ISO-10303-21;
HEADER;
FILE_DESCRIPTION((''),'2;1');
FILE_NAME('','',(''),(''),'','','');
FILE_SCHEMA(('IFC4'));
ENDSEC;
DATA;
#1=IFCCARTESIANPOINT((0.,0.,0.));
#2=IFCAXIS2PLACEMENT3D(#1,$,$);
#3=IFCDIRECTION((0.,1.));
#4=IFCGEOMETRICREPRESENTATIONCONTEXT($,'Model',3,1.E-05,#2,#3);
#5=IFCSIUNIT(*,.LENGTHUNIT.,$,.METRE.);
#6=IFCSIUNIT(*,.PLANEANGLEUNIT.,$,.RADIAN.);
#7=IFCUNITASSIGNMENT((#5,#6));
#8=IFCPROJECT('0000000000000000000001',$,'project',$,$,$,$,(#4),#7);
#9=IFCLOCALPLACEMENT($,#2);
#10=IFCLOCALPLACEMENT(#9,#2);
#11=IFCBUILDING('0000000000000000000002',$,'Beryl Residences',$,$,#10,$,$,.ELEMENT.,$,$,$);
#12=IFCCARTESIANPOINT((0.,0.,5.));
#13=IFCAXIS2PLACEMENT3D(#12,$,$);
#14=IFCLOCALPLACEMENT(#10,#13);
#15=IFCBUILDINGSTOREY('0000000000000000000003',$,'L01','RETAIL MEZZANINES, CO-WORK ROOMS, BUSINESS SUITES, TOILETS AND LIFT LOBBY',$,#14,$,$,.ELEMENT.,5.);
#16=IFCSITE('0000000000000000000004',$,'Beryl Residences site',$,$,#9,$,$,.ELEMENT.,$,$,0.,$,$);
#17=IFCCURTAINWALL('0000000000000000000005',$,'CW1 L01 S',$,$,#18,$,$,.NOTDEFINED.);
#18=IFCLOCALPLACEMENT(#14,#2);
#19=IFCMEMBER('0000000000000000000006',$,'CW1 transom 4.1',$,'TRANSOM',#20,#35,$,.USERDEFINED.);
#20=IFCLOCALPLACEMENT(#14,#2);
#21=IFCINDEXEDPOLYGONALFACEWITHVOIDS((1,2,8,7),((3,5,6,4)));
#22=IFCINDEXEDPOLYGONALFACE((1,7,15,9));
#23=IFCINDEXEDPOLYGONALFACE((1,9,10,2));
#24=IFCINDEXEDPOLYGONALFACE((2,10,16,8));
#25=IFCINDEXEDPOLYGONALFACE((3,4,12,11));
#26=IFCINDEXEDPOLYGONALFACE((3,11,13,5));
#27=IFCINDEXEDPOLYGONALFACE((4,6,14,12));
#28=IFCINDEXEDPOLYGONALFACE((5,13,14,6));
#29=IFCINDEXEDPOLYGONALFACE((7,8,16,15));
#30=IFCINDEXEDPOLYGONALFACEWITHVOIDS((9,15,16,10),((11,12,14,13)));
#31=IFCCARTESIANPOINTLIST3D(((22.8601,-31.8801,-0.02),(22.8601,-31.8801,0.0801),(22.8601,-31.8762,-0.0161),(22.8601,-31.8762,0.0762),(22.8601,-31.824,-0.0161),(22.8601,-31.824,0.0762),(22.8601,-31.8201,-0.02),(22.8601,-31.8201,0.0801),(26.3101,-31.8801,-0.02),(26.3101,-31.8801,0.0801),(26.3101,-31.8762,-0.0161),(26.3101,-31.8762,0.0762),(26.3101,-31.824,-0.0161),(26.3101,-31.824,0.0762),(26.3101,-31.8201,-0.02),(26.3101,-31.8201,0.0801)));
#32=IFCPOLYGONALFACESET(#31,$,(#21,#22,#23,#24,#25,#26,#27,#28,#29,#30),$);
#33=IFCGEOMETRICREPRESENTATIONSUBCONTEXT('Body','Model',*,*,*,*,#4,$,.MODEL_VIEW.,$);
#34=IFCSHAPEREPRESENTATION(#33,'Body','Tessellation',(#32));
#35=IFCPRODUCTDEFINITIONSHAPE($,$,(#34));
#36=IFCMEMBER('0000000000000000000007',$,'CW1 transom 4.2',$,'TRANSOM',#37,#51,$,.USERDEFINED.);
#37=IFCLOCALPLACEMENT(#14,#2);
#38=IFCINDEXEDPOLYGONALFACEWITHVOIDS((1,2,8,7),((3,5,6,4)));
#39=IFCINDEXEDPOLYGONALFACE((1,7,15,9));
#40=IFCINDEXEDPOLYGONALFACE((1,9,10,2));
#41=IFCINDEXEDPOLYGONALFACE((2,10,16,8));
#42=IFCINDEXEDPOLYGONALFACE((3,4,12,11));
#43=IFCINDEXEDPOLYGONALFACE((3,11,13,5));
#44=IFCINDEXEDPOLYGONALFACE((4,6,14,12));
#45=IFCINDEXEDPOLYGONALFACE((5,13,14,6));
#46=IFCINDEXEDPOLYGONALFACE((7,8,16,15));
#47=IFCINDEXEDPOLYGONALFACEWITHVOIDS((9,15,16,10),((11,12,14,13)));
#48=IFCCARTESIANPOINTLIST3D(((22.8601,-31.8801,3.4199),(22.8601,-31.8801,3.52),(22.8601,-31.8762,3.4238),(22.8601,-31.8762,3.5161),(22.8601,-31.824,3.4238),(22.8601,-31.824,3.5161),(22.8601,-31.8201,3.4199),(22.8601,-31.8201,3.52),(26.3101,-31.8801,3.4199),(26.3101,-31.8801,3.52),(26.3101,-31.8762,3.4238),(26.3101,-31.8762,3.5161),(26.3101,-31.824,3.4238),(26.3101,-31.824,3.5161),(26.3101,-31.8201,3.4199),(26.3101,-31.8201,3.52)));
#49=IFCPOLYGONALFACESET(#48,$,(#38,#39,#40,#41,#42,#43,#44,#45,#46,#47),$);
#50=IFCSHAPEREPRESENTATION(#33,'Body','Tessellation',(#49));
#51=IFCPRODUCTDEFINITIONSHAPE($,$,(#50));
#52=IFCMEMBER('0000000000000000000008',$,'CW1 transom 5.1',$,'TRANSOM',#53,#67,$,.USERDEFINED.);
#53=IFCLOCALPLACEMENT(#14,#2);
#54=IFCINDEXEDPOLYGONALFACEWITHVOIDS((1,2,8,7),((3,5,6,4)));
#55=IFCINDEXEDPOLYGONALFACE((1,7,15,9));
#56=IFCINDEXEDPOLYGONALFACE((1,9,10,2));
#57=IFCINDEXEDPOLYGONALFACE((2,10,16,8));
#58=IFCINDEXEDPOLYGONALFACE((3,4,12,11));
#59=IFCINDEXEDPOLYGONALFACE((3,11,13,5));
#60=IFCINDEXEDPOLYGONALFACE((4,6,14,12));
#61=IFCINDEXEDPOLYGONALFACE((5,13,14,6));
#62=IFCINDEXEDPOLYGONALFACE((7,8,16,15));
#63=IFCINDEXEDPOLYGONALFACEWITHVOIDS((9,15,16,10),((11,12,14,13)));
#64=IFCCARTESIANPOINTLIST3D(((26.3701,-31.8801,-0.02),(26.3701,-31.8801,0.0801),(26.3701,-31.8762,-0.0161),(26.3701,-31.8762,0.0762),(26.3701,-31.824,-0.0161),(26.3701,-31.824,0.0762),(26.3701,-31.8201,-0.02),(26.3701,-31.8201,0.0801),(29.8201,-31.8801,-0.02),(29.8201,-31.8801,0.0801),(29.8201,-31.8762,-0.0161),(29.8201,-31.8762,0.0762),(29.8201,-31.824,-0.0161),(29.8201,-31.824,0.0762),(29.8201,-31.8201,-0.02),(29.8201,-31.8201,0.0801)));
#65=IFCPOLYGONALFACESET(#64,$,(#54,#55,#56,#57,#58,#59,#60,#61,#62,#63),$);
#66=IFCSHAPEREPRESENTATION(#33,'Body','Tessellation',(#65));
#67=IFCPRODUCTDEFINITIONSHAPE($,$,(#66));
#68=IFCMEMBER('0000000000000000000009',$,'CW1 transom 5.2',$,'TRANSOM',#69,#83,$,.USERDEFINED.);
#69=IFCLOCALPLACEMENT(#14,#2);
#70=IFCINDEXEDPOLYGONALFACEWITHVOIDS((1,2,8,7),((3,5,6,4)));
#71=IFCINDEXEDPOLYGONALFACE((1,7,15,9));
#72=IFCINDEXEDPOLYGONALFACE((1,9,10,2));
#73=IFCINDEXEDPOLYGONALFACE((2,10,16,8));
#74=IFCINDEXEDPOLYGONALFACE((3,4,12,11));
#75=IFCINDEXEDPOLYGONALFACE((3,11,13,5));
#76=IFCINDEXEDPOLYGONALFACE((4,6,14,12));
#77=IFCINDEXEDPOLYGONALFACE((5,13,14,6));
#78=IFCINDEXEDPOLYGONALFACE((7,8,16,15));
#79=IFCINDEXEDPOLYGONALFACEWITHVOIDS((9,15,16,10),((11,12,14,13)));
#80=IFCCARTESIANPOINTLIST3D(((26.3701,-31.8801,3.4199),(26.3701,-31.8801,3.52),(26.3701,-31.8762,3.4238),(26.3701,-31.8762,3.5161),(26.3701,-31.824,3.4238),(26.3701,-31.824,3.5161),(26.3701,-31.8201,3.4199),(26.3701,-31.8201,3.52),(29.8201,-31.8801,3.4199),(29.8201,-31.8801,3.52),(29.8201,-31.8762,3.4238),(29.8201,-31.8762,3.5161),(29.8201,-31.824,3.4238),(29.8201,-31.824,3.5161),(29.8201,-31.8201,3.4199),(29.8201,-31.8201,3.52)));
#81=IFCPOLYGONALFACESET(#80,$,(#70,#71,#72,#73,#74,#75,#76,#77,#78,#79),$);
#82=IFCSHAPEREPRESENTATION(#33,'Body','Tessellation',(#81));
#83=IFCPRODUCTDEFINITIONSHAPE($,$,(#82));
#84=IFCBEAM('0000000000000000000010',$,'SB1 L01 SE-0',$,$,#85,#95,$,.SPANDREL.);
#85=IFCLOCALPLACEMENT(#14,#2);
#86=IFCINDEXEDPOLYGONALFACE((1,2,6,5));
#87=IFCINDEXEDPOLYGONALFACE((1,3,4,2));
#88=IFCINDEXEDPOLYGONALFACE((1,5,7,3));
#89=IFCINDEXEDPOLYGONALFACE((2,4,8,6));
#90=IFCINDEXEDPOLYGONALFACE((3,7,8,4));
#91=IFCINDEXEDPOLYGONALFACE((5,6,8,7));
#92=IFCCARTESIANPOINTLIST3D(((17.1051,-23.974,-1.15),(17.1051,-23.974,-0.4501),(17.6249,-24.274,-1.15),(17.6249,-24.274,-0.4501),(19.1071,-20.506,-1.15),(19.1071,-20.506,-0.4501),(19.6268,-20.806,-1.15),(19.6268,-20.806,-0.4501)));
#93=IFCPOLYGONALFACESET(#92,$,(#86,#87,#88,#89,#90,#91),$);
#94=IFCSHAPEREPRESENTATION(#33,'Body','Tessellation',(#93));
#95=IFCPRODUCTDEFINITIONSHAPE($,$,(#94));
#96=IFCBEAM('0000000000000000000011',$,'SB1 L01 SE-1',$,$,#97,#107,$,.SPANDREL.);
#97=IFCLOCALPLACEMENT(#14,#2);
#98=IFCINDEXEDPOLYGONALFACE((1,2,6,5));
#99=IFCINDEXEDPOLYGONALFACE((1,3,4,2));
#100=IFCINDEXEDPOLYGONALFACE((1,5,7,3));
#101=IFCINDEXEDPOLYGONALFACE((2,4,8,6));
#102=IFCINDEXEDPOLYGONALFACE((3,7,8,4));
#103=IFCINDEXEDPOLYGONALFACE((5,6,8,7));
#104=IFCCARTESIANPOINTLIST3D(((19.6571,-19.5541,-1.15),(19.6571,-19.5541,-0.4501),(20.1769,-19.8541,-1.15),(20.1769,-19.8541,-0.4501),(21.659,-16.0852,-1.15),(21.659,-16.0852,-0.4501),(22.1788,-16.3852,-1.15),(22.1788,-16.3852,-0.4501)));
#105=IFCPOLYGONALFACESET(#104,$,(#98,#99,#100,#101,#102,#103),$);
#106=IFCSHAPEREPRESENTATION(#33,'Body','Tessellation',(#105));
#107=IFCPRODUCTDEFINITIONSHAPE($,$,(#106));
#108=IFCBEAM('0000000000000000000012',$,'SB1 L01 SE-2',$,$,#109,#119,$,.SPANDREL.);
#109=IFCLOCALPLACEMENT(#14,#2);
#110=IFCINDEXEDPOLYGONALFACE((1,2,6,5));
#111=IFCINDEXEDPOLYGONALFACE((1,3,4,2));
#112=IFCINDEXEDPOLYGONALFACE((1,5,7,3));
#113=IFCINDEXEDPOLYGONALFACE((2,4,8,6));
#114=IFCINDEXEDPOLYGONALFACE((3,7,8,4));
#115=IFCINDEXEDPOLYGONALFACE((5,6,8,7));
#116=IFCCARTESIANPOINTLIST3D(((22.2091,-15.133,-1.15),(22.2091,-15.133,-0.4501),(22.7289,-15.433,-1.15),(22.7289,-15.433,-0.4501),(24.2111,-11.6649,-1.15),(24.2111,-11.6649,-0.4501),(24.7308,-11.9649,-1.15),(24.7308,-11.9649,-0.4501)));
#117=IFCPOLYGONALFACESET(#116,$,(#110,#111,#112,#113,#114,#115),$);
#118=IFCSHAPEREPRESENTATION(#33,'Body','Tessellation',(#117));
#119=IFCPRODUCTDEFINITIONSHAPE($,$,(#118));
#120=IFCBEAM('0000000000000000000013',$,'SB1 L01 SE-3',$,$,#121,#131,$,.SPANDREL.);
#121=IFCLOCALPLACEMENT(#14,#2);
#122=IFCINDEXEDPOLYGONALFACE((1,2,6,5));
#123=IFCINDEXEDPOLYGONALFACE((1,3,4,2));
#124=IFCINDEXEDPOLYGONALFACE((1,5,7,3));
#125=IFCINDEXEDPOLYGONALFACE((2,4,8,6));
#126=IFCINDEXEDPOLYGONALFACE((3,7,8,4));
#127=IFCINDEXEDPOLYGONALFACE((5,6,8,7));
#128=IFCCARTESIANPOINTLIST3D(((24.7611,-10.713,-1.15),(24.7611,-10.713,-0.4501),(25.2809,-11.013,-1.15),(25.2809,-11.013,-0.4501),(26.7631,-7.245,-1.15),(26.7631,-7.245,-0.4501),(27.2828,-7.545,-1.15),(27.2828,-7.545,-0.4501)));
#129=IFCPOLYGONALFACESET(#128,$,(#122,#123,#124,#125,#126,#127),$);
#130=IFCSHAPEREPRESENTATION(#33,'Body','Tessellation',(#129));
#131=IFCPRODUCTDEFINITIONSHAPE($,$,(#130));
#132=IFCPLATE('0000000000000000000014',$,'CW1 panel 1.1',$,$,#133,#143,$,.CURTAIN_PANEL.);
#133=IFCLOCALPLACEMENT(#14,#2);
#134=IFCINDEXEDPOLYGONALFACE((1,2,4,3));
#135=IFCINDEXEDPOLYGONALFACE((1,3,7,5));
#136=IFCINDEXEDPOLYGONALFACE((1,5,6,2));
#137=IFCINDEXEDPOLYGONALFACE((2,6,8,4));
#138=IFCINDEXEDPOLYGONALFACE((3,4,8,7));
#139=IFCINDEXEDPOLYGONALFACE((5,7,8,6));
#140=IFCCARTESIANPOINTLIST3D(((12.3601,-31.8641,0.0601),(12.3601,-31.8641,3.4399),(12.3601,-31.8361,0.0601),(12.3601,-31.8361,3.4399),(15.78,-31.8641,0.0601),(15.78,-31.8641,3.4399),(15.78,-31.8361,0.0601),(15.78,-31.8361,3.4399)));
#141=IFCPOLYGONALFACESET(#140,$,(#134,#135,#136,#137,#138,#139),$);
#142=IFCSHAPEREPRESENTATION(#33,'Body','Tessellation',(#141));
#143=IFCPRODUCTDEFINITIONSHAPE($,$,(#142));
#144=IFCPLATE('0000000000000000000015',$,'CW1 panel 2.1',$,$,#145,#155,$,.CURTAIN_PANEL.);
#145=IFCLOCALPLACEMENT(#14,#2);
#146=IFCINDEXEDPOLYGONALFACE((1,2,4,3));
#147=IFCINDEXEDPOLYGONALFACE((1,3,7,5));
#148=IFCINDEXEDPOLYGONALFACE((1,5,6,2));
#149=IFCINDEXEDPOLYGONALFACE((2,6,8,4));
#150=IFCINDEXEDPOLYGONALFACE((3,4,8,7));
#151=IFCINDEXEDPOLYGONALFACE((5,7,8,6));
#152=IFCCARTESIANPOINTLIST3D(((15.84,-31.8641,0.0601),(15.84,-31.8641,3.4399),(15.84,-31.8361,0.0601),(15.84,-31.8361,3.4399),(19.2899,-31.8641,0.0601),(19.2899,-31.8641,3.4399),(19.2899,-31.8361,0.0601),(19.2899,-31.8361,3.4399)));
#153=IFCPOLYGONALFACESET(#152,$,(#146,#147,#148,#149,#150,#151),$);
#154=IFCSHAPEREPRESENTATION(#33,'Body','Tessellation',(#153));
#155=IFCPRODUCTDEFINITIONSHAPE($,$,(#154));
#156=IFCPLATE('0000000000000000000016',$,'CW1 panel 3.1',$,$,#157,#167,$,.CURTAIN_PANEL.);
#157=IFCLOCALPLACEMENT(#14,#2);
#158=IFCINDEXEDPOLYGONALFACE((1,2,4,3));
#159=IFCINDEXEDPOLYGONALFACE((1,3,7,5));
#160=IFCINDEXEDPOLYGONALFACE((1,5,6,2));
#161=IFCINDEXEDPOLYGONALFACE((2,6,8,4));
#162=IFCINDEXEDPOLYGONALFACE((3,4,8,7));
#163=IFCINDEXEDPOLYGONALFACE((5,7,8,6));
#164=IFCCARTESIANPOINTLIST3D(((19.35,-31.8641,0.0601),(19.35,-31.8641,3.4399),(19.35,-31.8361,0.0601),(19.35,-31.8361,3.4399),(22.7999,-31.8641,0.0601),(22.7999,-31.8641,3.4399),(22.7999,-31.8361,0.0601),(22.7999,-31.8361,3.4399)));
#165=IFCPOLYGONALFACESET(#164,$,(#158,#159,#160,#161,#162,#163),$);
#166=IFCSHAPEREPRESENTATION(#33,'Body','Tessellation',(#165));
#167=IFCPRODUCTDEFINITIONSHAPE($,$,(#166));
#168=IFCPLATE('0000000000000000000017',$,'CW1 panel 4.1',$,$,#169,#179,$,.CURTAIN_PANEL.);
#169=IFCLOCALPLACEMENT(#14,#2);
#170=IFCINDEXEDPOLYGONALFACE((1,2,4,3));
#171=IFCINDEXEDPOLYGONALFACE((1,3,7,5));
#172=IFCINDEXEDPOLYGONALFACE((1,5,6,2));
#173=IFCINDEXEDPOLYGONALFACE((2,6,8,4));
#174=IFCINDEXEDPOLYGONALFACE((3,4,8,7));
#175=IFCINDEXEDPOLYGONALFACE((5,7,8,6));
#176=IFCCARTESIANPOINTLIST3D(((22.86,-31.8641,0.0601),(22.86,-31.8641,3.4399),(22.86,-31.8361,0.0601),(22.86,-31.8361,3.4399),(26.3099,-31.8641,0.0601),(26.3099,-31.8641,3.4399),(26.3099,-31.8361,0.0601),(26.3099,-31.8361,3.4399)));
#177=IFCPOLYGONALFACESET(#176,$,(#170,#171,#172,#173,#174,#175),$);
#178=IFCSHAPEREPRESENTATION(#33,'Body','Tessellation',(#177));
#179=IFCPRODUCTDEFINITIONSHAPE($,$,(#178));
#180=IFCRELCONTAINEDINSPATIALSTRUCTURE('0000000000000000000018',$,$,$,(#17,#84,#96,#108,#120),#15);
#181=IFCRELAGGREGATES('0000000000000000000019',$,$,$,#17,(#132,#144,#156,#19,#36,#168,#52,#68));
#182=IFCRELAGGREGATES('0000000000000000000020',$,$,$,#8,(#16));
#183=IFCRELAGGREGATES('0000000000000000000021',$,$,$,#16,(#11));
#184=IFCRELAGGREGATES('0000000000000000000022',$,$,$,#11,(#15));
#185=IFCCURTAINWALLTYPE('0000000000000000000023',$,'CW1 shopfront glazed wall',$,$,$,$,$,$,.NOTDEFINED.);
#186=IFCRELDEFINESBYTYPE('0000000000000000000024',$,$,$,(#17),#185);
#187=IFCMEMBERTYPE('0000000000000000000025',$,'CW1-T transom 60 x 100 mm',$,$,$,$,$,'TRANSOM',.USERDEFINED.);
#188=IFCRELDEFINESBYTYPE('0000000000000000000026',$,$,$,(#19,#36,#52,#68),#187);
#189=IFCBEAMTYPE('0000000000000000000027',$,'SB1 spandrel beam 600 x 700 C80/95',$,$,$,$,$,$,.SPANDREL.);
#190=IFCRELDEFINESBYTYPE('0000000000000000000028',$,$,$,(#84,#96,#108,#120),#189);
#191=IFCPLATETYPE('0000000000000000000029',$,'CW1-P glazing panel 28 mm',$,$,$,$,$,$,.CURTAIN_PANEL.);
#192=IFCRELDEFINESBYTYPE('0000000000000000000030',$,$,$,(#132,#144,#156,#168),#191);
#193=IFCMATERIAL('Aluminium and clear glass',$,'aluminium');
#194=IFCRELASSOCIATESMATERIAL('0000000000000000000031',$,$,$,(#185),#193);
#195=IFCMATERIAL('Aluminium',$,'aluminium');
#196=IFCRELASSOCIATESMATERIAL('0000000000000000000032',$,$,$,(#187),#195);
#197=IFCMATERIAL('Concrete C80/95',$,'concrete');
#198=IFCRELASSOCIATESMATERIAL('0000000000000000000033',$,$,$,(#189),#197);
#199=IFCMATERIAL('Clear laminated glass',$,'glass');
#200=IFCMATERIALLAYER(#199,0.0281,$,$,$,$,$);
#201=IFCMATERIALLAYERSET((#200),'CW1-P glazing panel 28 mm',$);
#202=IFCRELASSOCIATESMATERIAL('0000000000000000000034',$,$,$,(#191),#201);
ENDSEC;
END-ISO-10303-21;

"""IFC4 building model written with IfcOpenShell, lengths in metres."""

from ifc_helpers import new_model, si_unit, direction, frame, origin, origin_2d, place, context, subcontext, project, spatial, rectangle, hollow_rectangle, extrude, material, layer, layer_set, material_profile, profile_set, type_object, element, aggregate, save


model = new_model("IFC4")

# Units and contexts
model_context = context("Model", 3, precision=1e-05, world=origin(), true_north=direction((0.0, 1.0)))
body_context = subcontext(model_context, "Body", "Model", "MODEL_VIEW")
ifc_project = project(units=[si_unit("LENGTHUNIT", "METRE"), si_unit("PLANEANGLEUNIT", "RADIAN")], contexts=[model_context])

# Site, building, storey
site_placement = place(None, origin())
site = spatial("IfcSite", under=ifc_project, at=site_placement, Name="Beryl Residences site", CompositionType="ELEMENT", RefElevation=0.0)
building_placement = place(site_placement, origin())
building = spatial("IfcBuilding", under=site, at=building_placement, Name="Beryl Residences", CompositionType="ELEMENT")
storey_placement = place(building_placement, frame((0.0, 0.0, 5.0)))
storey = spatial("IfcBuildingStorey", under=building, at=storey_placement, Name="L01", Description="RETAIL MEZZANINES, CO-WORK ROOMS, BUSINESS SUITES, TOILETS AND LIFT LOBBY", CompositionType="ELEMENT", Elevation=5.0)

# Curtain wall, members
ifc_material_1 = material(Name="Aluminium and clear glass", Category="aluminium")
curtain_wall_type = type_object("IfcCurtainWallType", Name="CW1 shopfront glazed wall", PredefinedType="NOTDEFINED", material=ifc_material_1)
curtain_wall_placement = place(storey_placement, origin())
curtain_wall = element("IfcCurtainWall", 1, at=curtain_wall_placement, inside=storey, type_object=curtain_wall_type, Name="CW1 L01 S", PredefinedType="NOTDEFINED")
ifc_material_2 = material(Name="Aluminium", Category="aluminium")
ifc_material_profile_1 = material_profile(ifc_material_2, hollow_rectangle(XDim=0.0601, YDim=0.1001, WallThickness=0.0039, at=origin_2d()))
ifc_profile_set_1 = profile_set([ifc_material_profile_1], Name="Aluminium")
member_type_1 = type_object("IfcMemberType", Name="CW1-T transom 60 x 100 mm", ElementType="TRANSOM", PredefinedType="USERDEFINED", material=ifc_profile_set_1)
member_1_placement = place(storey_placement, frame((22.8601, -31.8501, 0.03), z_axis=(1.0, 0.0, 0.0), x_axis=(0.0, 1.0, 0.0)))
member_1 = element("IfcMember", 2, at=member_1_placement, type_object=member_type_1, Name="CW1 transom 4.1", ObjectType="TRANSOM", PredefinedType="USERDEFINED", context=body_context, shape_type="SweptSolid", body=[
    extrude(hollow_rectangle(XDim=0.0601, YDim=0.1001, WallThickness=0.0039, at=origin_2d()), origin(), (0.0, 0.0, 1.0), 3.45),
])
member_2_placement = place(storey_placement, frame((22.8601, -31.8501, 3.47), z_axis=(1.0, 0.0, 0.0), x_axis=(0.0, 1.0, 0.0)))
member_2 = element("IfcMember", 3, at=member_2_placement, type_object=member_type_1, Name="CW1 transom 4.2", ObjectType="TRANSOM", PredefinedType="USERDEFINED", context=body_context, shape_type="SweptSolid", body=[
    extrude(hollow_rectangle(XDim=0.0601, YDim=0.1001, WallThickness=0.0039, at=origin_2d()), origin(), (0.0, 0.0, 1.0), 3.45),
])
member_3_placement = place(storey_placement, frame((26.3701, -31.8501, 0.03), z_axis=(1.0, 0.0, 0.0), x_axis=(0.0, 1.0, 0.0)))
member_3 = element("IfcMember", 4, at=member_3_placement, type_object=member_type_1, Name="CW1 transom 5.1", ObjectType="TRANSOM", PredefinedType="USERDEFINED", context=body_context, shape_type="SweptSolid", body=[
    extrude(hollow_rectangle(XDim=0.0601, YDim=0.1001, WallThickness=0.0039, at=origin_2d()), origin(), (0.0, 0.0, 1.0), 3.45),
])
member_4_placement = place(storey_placement, frame((26.3701, -31.8501, 3.47), z_axis=(1.0, 0.0, 0.0), x_axis=(0.0, 1.0, 0.0)))
member_4 = element("IfcMember", 5, at=member_4_placement, type_object=member_type_1, Name="CW1 transom 5.2", ObjectType="TRANSOM", PredefinedType="USERDEFINED", context=body_context, shape_type="SweptSolid", body=[
    extrude(hollow_rectangle(XDim=0.0601, YDim=0.1001, WallThickness=0.0039, at=origin_2d()), origin(), (0.0, 0.0, 1.0), 3.45),
])

# Beams
ifc_material_3 = material(Name="Concrete C80/95", Category="concrete")
ifc_material_profile_2 = material_profile(ifc_material_3, rectangle(XDim=0.6001, YDim=0.7, at=origin_2d()))
ifc_profile_set_2 = profile_set([ifc_material_profile_2], Name="Concrete C80/95")
beam_type = type_object("IfcBeamType", Name="SB1 spandrel beam 600 x 700 C80/95", PredefinedType="SPANDREL", material=ifc_profile_set_2)
beam_1_placement = place(storey_placement, frame((17.365, -24.124, -0.8), z_axis=(0.499942, 0.866059, 0.0), x_axis=(-0.866059, 0.499942, 0.0)))
element("IfcBeam", 6, at=beam_1_placement, inside=storey, type_object=beam_type, Name="SB1 L01 SE-0", PredefinedType="SPANDREL", context=body_context, shape_type="SweptSolid", body=[
    extrude(rectangle(XDim=0.6001, YDim=0.7, at=origin_2d()), origin(), (0.0, 0.0, 1.0), 4.0044),
])
beam_2_placement = place(storey_placement, frame((19.917, -19.7041, -0.8), z_axis=(0.499837, 0.86612, 0.0), x_axis=(-0.86612, 0.499837, 0.0)))
element("IfcBeam", 7, at=beam_2_placement, inside=storey, type_object=beam_type, Name="SB1 L01 SE-1", PredefinedType="SPANDREL", context=body_context, shape_type="SweptSolid", body=[
    extrude(rectangle(XDim=0.6001, YDim=0.7, at=origin_2d()), origin(), (0.0, 0.0, 1.0), 4.0051),
])
for number, where, z_axis, x_axis, name in (
    (8, (22.469, -15.283, -0.8), (0.499942, 0.866059, 0.0), (-0.866059, 0.499942, 0.0), "SB1 L01 SE-2"),
    (9, (25.021, -10.863, -0.8), (0.499942, 0.866059, 0.0), (-0.866059, 0.499942, 0.0), "SB1 L01 SE-3"),
):
    element("IfcBeam", number, at=place(storey_placement, frame(where, z_axis=z_axis, x_axis=x_axis)), inside=storey, type_object=beam_type, Name=name, PredefinedType="SPANDREL", context=body_context, shape_type="SweptSolid", body=[
        extrude(rectangle(XDim=0.6001, YDim=0.7, at=origin_2d()), origin(), (0.0, 0.0, 1.0), 4.0044),
    ])

# Plates
ifc_material_4 = material(Name="Clear laminated glass", Category="glass")
ifc_layer_1 = layer(ifc_material_4, 0.0281)
ifc_layer_set_1 = layer_set([ifc_layer_1], Name="CW1-P glazing panel 28 mm")
plate_type = type_object("IfcPlateType", Name="CW1-P glazing panel 28 mm", PredefinedType="CURTAIN_PANEL", material=ifc_layer_set_1)
plate_1_placement = place(storey_placement, frame((14.0701, -31.8501, 0.0601), z_axis=(0.0, 0.0, 1.0), x_axis=(1.0, 0.0, 0.0)))
plate_1 = element("IfcPlate", 10, at=plate_1_placement, type_object=plate_type, Name="CW1 panel 1.1", PredefinedType="CURTAIN_PANEL", context=body_context, shape_type="SweptSolid", body=[
    extrude(rectangle(XDim=3.4199, YDim=0.0281, at=origin_2d()), origin(), (0.0, 0.0, 1.0), 3.3799),
])
plate_2_placement = place(storey_placement, frame((17.5649, -31.8501, 0.0601), z_axis=(0.0, 0.0, 1.0), x_axis=(1.0, 0.0, 0.0)))
plate_2 = element("IfcPlate", 11, at=plate_2_placement, type_object=plate_type, Name="CW1 panel 2.1", PredefinedType="CURTAIN_PANEL", context=body_context, shape_type="SweptSolid", body=[
    extrude(rectangle(XDim=3.45, YDim=0.0281, at=origin_2d()), origin(), (0.0, 0.0, 1.0), 3.3799),
])
plate_3_placement = place(storey_placement, frame((21.075, -31.8501, 0.0601), z_axis=(0.0, 0.0, 1.0), x_axis=(1.0, 0.0, 0.0)))
plate_3 = element("IfcPlate", 12, at=plate_3_placement, type_object=plate_type, Name="CW1 panel 3.1", PredefinedType="CURTAIN_PANEL", context=body_context, shape_type="SweptSolid", body=[
    extrude(rectangle(XDim=3.45, YDim=0.0281, at=origin_2d()), origin(), (0.0, 0.0, 1.0), 3.3799),
])
plate_4_placement = place(storey_placement, frame((24.585, -31.8501, 0.0601), z_axis=(0.0, 0.0, 1.0), x_axis=(1.0, 0.0, 0.0)))
plate_4 = element("IfcPlate", 13, at=plate_4_placement, type_object=plate_type, Name="CW1 panel 4.1", PredefinedType="CURTAIN_PANEL", context=body_context, shape_type="SweptSolid", body=[
    extrude(rectangle(XDim=3.45, YDim=0.0281, at=origin_2d()), origin(), (0.0, 0.0, 1.0), 3.3799),
])
aggregate(curtain_wall, [plate_1, plate_2, plate_3, member_1, member_2, plate_4, member_3, member_4])

save(model, "model.ifc")
